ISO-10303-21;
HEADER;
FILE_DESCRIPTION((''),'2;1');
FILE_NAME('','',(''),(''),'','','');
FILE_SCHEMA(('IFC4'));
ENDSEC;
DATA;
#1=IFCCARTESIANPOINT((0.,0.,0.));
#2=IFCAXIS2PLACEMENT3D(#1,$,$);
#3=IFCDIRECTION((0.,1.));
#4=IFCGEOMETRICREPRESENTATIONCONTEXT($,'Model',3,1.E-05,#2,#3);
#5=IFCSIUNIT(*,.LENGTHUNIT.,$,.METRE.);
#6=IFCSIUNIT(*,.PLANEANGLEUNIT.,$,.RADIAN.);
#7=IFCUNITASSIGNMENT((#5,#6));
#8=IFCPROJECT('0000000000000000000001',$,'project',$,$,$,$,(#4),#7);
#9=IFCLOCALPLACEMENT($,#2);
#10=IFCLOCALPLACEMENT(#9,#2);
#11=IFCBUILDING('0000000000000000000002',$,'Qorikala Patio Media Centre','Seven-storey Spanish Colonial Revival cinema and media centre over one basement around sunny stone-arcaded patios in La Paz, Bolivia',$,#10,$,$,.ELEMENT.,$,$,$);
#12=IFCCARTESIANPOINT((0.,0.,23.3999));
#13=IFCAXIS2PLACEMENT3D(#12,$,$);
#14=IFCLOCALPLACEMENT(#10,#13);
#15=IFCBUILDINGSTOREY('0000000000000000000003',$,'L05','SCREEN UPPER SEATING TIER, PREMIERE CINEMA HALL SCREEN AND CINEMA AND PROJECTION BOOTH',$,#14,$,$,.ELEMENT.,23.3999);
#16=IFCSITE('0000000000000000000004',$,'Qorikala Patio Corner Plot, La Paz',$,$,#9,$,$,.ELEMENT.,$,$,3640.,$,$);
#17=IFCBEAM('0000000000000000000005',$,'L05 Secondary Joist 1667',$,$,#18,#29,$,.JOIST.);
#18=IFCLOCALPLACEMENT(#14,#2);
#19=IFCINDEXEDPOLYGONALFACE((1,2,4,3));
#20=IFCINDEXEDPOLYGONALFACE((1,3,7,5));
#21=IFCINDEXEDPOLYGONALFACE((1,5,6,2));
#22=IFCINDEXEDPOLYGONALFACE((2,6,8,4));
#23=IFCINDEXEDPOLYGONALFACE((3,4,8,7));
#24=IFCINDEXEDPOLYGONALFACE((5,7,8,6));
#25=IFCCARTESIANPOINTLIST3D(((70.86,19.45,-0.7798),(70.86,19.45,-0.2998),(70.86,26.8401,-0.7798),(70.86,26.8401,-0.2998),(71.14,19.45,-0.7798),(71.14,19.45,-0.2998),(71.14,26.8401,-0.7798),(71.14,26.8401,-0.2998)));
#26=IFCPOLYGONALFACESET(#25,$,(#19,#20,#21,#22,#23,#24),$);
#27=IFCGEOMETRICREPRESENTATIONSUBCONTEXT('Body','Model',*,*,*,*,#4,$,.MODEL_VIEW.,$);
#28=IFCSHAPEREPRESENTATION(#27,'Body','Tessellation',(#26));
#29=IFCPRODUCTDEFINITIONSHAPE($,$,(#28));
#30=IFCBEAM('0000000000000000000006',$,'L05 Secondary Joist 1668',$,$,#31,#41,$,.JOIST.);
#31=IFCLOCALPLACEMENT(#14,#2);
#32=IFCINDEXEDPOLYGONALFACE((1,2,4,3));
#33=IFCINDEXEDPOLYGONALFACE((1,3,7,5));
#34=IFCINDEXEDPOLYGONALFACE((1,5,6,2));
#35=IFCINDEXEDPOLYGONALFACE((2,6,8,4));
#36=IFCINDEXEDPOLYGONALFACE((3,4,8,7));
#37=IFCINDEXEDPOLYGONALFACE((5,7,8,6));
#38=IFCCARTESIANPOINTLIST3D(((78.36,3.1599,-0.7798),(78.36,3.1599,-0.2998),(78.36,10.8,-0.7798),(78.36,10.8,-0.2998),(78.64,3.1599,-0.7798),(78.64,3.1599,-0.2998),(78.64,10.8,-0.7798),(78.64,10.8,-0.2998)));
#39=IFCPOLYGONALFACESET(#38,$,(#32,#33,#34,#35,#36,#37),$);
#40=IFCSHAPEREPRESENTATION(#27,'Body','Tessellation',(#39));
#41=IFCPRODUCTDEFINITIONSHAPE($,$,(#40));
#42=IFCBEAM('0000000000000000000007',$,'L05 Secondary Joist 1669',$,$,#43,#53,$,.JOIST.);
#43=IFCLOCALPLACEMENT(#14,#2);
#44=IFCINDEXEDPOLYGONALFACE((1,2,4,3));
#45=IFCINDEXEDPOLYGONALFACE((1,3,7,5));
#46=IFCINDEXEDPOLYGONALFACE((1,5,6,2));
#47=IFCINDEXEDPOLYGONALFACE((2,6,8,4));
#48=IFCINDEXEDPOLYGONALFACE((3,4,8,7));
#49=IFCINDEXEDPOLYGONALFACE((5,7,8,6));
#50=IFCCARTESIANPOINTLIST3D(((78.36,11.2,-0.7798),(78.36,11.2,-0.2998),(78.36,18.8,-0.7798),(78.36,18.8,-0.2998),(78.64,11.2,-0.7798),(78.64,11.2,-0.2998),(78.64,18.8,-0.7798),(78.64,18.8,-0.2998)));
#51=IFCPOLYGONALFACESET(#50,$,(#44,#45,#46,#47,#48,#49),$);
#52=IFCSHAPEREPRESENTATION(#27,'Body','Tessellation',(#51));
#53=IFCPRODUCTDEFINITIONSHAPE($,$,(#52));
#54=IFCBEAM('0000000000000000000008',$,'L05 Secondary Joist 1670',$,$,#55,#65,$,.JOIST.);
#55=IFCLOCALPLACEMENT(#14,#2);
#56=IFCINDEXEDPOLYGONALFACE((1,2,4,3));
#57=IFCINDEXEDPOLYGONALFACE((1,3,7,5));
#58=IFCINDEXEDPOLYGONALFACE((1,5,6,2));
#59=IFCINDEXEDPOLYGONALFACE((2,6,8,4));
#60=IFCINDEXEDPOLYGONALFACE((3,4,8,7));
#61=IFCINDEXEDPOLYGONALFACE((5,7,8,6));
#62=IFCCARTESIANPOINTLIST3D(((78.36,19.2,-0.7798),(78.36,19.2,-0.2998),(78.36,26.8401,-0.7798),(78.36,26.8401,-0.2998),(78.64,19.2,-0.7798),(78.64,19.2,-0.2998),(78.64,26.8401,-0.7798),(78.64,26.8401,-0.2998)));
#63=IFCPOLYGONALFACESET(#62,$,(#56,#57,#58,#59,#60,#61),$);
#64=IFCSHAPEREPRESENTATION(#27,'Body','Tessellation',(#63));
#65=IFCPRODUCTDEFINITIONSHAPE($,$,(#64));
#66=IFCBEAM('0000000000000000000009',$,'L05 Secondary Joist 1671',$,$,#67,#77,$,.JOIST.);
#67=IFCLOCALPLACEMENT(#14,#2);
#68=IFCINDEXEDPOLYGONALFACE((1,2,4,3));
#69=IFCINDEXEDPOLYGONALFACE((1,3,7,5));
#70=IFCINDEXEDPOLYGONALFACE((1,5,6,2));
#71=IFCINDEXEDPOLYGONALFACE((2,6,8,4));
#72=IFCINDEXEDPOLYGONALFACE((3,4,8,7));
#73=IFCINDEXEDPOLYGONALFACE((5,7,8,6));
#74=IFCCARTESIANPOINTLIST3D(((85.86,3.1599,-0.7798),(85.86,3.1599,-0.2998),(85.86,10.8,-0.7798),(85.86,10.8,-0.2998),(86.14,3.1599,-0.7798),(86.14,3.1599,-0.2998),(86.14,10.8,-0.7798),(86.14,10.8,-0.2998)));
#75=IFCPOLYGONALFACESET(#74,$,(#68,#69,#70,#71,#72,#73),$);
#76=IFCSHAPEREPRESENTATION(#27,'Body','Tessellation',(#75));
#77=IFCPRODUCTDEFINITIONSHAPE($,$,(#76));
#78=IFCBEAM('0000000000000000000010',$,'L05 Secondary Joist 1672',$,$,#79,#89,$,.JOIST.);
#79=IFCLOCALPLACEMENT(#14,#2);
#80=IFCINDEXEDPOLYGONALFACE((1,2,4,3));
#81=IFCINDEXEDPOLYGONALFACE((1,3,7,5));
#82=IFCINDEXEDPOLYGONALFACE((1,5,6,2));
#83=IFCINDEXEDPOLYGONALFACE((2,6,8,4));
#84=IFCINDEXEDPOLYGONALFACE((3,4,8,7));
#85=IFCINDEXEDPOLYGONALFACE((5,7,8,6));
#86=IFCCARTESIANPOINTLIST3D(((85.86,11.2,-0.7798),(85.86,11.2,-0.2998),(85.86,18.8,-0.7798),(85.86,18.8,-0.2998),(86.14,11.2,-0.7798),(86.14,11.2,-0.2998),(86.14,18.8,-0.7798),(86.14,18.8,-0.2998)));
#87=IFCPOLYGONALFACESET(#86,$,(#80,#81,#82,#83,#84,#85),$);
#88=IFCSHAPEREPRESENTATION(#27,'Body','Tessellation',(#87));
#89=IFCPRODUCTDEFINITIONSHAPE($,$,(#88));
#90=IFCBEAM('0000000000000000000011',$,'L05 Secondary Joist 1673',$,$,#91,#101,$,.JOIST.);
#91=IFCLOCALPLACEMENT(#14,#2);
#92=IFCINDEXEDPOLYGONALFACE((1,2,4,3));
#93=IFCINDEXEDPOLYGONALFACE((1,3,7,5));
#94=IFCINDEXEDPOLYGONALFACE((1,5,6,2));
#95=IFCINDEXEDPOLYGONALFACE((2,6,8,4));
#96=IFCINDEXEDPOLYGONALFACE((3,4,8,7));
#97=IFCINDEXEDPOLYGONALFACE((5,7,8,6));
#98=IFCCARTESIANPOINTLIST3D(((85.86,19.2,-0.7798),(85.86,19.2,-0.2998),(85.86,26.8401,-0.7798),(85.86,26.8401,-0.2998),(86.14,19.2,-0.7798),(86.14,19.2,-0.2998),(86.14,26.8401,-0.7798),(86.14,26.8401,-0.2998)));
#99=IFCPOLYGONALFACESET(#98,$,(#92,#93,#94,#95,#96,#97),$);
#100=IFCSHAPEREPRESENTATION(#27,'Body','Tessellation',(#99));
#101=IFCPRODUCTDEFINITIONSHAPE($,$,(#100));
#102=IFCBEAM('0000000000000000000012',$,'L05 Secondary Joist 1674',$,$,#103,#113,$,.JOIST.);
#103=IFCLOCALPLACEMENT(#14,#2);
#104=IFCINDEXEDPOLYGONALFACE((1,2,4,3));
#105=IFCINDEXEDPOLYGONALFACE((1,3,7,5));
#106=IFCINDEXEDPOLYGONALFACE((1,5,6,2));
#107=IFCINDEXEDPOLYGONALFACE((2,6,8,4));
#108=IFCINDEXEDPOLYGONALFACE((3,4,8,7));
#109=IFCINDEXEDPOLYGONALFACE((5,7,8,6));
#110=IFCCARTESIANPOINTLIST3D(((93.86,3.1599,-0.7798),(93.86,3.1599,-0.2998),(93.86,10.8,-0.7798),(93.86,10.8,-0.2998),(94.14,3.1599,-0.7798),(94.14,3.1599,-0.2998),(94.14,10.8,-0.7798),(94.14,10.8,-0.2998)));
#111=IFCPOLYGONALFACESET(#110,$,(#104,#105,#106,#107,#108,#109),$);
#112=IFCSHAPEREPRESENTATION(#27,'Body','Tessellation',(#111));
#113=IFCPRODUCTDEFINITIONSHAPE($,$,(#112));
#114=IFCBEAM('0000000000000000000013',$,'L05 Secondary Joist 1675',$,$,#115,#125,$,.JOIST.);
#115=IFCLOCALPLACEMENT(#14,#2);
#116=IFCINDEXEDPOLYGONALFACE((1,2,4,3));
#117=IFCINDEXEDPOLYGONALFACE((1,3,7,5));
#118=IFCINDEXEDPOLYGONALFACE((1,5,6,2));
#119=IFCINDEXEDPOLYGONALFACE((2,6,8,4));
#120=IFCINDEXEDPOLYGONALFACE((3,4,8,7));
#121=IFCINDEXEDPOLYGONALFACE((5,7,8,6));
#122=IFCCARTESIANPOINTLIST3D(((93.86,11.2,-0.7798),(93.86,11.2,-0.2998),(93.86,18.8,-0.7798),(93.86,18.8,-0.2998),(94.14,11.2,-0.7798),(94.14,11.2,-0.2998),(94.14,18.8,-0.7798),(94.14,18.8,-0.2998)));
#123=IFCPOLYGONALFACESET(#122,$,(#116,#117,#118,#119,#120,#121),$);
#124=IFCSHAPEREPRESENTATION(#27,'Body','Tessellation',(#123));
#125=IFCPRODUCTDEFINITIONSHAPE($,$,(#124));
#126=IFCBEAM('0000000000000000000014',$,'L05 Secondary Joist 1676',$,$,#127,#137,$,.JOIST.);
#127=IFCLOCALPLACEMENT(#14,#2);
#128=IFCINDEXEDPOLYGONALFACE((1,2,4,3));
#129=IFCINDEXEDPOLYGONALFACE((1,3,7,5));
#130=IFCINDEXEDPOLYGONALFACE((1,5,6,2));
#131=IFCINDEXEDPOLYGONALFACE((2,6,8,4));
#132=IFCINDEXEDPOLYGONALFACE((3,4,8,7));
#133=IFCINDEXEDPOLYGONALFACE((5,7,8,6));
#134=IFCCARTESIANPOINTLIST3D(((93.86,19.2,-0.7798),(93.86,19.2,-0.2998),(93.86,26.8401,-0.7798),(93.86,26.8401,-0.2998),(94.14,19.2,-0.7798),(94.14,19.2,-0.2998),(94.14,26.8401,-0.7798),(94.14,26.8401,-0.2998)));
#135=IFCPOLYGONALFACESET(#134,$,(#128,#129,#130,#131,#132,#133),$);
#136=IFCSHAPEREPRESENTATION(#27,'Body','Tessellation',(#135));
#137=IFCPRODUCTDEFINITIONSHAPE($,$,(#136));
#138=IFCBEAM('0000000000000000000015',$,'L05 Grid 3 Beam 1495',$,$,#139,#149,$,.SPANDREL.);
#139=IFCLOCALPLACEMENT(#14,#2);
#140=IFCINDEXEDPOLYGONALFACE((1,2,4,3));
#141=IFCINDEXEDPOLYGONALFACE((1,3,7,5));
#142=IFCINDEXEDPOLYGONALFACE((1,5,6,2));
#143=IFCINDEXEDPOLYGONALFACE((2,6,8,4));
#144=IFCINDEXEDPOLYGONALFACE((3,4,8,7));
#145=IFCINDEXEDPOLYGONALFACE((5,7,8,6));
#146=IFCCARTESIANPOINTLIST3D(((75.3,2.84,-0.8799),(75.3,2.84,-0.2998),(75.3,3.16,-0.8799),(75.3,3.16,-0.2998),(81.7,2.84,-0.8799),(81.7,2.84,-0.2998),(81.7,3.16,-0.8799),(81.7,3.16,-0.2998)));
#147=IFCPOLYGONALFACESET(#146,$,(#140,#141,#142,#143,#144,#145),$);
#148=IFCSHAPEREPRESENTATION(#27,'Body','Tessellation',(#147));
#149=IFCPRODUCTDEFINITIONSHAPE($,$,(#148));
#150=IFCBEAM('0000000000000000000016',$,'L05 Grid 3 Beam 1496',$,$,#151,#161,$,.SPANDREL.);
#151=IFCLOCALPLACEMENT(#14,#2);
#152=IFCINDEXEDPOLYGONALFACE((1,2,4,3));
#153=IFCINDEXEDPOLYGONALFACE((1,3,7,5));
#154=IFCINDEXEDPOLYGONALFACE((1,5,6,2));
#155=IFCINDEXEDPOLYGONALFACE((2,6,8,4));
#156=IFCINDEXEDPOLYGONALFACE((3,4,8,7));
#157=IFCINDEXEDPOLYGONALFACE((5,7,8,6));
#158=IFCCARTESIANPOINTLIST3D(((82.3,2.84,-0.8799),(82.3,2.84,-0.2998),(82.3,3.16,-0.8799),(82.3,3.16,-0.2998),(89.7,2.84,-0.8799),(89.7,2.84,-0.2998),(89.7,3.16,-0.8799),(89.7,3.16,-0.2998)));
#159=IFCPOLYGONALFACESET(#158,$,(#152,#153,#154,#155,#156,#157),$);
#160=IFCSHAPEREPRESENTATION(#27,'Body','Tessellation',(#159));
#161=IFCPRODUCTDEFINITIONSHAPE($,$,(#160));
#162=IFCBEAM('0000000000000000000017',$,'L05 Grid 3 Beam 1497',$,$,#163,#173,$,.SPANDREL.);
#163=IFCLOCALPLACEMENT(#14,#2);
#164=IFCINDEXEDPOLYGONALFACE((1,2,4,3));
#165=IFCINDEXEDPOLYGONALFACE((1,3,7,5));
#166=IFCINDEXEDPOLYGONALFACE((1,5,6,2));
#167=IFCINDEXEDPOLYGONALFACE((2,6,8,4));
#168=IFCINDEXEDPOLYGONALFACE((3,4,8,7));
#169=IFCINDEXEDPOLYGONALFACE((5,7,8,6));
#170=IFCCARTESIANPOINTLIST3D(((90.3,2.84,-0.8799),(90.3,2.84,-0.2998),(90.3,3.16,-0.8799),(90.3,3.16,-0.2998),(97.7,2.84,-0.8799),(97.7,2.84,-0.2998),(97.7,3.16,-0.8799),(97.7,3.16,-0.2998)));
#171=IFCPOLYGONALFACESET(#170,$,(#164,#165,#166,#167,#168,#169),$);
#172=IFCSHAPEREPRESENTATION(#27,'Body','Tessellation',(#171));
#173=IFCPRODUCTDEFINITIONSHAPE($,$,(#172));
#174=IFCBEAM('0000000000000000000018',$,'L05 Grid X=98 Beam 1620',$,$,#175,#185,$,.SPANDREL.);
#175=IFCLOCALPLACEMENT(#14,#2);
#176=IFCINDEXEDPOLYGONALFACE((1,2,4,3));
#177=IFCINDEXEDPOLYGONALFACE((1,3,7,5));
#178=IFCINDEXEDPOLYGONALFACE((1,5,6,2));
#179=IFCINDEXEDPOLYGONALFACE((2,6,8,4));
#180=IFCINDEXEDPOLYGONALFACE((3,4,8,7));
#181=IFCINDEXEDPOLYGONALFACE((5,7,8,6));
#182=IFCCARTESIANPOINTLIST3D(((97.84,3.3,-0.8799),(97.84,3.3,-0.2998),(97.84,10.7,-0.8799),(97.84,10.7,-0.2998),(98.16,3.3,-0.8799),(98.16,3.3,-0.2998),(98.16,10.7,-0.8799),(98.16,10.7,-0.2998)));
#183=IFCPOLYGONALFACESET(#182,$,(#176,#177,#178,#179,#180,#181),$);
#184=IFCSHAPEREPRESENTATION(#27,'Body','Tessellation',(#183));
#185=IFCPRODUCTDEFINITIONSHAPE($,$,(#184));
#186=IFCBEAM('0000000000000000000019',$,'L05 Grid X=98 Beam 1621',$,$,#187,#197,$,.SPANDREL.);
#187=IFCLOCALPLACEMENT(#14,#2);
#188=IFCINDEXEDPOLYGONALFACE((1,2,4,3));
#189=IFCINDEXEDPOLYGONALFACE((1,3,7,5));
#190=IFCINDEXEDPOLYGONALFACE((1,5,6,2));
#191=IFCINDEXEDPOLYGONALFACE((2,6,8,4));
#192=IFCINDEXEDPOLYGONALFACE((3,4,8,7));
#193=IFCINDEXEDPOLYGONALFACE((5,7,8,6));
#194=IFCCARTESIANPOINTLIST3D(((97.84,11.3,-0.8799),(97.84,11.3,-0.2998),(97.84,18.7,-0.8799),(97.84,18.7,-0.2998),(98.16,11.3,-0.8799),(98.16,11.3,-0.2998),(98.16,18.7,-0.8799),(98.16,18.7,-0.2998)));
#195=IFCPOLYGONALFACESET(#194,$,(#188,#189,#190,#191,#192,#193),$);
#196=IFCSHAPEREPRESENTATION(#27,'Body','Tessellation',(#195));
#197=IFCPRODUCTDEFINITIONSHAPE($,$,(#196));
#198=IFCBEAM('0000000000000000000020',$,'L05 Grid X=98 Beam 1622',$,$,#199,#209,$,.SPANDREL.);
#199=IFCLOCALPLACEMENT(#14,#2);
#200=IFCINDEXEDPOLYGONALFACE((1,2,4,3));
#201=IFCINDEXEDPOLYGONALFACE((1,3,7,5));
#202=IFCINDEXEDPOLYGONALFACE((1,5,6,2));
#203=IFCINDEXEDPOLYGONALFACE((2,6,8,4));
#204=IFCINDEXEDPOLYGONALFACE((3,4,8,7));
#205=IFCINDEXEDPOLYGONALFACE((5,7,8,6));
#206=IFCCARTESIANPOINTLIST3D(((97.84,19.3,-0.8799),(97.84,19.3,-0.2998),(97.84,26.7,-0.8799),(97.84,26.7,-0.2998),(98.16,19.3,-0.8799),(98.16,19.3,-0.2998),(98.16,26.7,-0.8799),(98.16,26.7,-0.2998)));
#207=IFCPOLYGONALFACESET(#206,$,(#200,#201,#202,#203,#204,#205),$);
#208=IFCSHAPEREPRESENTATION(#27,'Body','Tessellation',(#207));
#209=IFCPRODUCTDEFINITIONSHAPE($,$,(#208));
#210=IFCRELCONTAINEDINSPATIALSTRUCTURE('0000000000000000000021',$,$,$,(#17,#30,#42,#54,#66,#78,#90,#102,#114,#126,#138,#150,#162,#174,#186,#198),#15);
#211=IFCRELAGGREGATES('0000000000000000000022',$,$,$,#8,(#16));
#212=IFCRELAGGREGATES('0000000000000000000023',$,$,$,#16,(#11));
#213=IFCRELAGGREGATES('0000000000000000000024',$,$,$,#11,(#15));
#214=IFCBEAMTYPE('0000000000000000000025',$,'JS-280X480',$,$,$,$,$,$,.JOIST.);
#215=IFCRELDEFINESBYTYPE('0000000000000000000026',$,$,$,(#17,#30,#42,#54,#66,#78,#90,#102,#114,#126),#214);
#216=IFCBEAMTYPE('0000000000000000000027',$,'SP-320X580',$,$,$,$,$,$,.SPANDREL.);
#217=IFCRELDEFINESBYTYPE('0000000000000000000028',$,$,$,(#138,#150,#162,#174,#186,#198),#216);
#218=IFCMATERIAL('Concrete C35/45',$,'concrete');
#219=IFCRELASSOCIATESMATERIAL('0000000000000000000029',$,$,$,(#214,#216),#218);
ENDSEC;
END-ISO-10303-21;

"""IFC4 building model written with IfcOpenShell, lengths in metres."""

from ifc_helpers import new_model, si_unit, direction, frame, origin, origin_2d, place, context, subcontext, project, spatial, rectangle, extrude, material, material_profile, profile_set, type_object, element, save


model = new_model("IFC4")

# Units and contexts
model_context = context("Model", 3, precision=1e-05, world=origin(), true_north=direction((0.0, 1.0)))
body_context = subcontext(model_context, "Body", "Model", "MODEL_VIEW")
ifc_project = project(units=[si_unit("LENGTHUNIT", "METRE"), si_unit("PLANEANGLEUNIT", "RADIAN")], contexts=[model_context])

# Site, building, storey
site_placement = place(None, origin())
site = spatial("IfcSite", under=ifc_project, at=site_placement, Name="Qorikala Patio Corner Plot, La Paz", CompositionType="ELEMENT", RefElevation=3640.0)
building_placement = place(site_placement, origin())
building = spatial("IfcBuilding", under=site, at=building_placement, Name="Qorikala Patio Media Centre", Description="Seven-storey Spanish Colonial Revival cinema and media centre over one basement around sunny stone-arcaded patios in La Paz, Bolivia", CompositionType="ELEMENT")
storey_placement = place(building_placement, frame((0.0, 0.0, 23.3999)))
storey = spatial("IfcBuildingStorey", under=building, at=storey_placement, Name="L05", Description="SCREEN UPPER SEATING TIER, PREMIERE CINEMA HALL SCREEN AND CINEMA AND PROJECTION BOOTH", CompositionType="ELEMENT", Elevation=23.3999)

# Beams
ifc_material_1 = material(Name="Concrete C35/45", Category="concrete")
ifc_material_profile_1 = material_profile(ifc_material_1, rectangle(XDim=0.28, YDim=0.48, at=origin_2d()), Name="RC 280x480")
ifc_profile_set_1 = profile_set([ifc_material_profile_1], Name="Concrete C35/45")
beam_type_1 = type_object("IfcBeamType", Name="JS-280X480", PredefinedType="JOIST", material=ifc_profile_set_1)
beam_1_placement = place(storey_placement, frame((71.0, 19.45, -0.5398), z_axis=(0.0, 1.0, 0.0), x_axis=(-1.0, 0.0, 0.0)))
element("IfcBeam", 1, at=beam_1_placement, inside=storey, type_object=beam_type_1, Name="L05 Secondary Joist 1667", PredefinedType="JOIST", context=body_context, shape_type="SweptSolid", body=[
    extrude(rectangle(XDim=0.28, YDim=0.48, at=origin_2d()), origin(), (0.0, 0.0, 1.0), 7.3901),
])
beam_2_placement = place(storey_placement, frame((78.5, 3.1599, -0.5398), z_axis=(0.0, 1.0, 0.0), x_axis=(-1.0, 0.0, 0.0)))
element("IfcBeam", 2, at=beam_2_placement, inside=storey, type_object=beam_type_1, Name="L05 Secondary Joist 1668", PredefinedType="JOIST", context=body_context, shape_type="SweptSolid", body=[
    extrude(rectangle(XDim=0.28, YDim=0.48, at=origin_2d()), origin(), (0.0, 0.0, 1.0), 7.6401),
])
beam_3_placement = place(storey_placement, frame((78.5, 11.2, -0.5398), z_axis=(0.0, 1.0, 0.0), x_axis=(-1.0, 0.0, 0.0)))
element("IfcBeam", 3, at=beam_3_placement, inside=storey, type_object=beam_type_1, Name="L05 Secondary Joist 1669", PredefinedType="JOIST", context=body_context, shape_type="SweptSolid", body=[
    extrude(rectangle(XDim=0.28, YDim=0.48, at=origin_2d()), origin(), (0.0, 0.0, 1.0), 7.6001),
])
for number, where, z_axis, x_axis, name in (
    (4, (78.5, 19.2, -0.5398), (0.0, 1.0, 0.0), (-1.0, 0.0, 0.0), "L05 Secondary Joist 1670"),
    (5, (86.0, 3.1599, -0.5398), (0.0, 1.0, 0.0), (-1.0, 0.0, 0.0), "L05 Secondary Joist 1671"),
):
    element("IfcBeam", number, at=place(storey_placement, frame(where, z_axis=z_axis, x_axis=x_axis)), inside=storey, type_object=beam_type_1, Name=name, PredefinedType="JOIST", context=body_context, shape_type="SweptSolid", body=[
        extrude(rectangle(XDim=0.28, YDim=0.48, at=origin_2d()), origin(), (0.0, 0.0, 1.0), 7.6401),
    ])
beam_4_placement = place(storey_placement, frame((86.0, 11.2, -0.5398), z_axis=(0.0, 1.0, 0.0), x_axis=(-1.0, 0.0, 0.0)))
element("IfcBeam", 6, at=beam_4_placement, inside=storey, type_object=beam_type_1, Name="L05 Secondary Joist 1672", PredefinedType="JOIST", context=body_context, shape_type="SweptSolid", body=[
    extrude(rectangle(XDim=0.28, YDim=0.48, at=origin_2d()), origin(), (0.0, 0.0, 1.0), 7.6001),
])
for number, where, z_axis, x_axis, name in (
    (7, (86.0, 19.2, -0.5398), (0.0, 1.0, 0.0), (-1.0, 0.0, 0.0), "L05 Secondary Joist 1673"),
    (8, (94.0, 3.1599, -0.5398), (0.0, 1.0, 0.0), (-1.0, 0.0, 0.0), "L05 Secondary Joist 1674"),
):
    element("IfcBeam", number, at=place(storey_placement, frame(where, z_axis=z_axis, x_axis=x_axis)), inside=storey, type_object=beam_type_1, Name=name, PredefinedType="JOIST", context=body_context, shape_type="SweptSolid", body=[
        extrude(rectangle(XDim=0.28, YDim=0.48, at=origin_2d()), origin(), (0.0, 0.0, 1.0), 7.6401),
    ])
beam_5_placement = place(storey_placement, frame((94.0, 11.2, -0.5398), z_axis=(0.0, 1.0, 0.0), x_axis=(-1.0, 0.0, 0.0)))
element("IfcBeam", 9, at=beam_5_placement, inside=storey, type_object=beam_type_1, Name="L05 Secondary Joist 1675", PredefinedType="JOIST", context=body_context, shape_type="SweptSolid", body=[
    extrude(rectangle(XDim=0.28, YDim=0.48, at=origin_2d()), origin(), (0.0, 0.0, 1.0), 7.6001),
])
beam_6_placement = place(storey_placement, frame((94.0, 19.2, -0.5398), z_axis=(0.0, 1.0, 0.0), x_axis=(-1.0, 0.0, 0.0)))
element("IfcBeam", 10, at=beam_6_placement, inside=storey, type_object=beam_type_1, Name="L05 Secondary Joist 1676", PredefinedType="JOIST", context=body_context, shape_type="SweptSolid", body=[
    extrude(rectangle(XDim=0.28, YDim=0.48, at=origin_2d()), origin(), (0.0, 0.0, 1.0), 7.6401),
])
ifc_material_profile_2 = material_profile(ifc_material_1, rectangle(XDim=0.3201, YDim=0.5801, at=origin_2d()), Name="RC 320x580")
ifc_profile_set_2 = profile_set([ifc_material_profile_2], Name="Concrete C35/45")
beam_type_2 = type_object("IfcBeamType", Name="SP-320X580", PredefinedType="SPANDREL", material=ifc_profile_set_2)
beam_7_placement = place(storey_placement, frame((75.3, 3.0, -0.5898), z_axis=(1.0, 0.0, 0.0), x_axis=(0.0, 1.0, 0.0)))
element("IfcBeam", 11, at=beam_7_placement, inside=storey, type_object=beam_type_2, Name="L05 Grid 3 Beam 1495", PredefinedType="SPANDREL", context=body_context, shape_type="SweptSolid", body=[
    extrude(rectangle(XDim=0.3201, YDim=0.5801, at=origin_2d()), origin(), (0.0, 0.0, 1.0), 6.3999),
])
for number, where, z_axis, x_axis, name in (
    (12, (82.3, 3.0, -0.5898), (1.0, 0.0, 0.0), (0.0, 1.0, 0.0), "L05 Grid 3 Beam 1496"),
    (13, (90.3, 3.0, -0.5898), (1.0, 0.0, 0.0), (0.0, 1.0, 0.0), "L05 Grid 3 Beam 1497"),
    (14, (98.0, 3.3, -0.5898), (0.0, 1.0, 0.0), (-1.0, 0.0, 0.0), "L05 Grid X=98 Beam 1620"),
    (15, (98.0, 11.3, -0.5898), (0.0, 1.0, 0.0), (-1.0, 0.0, 0.0), "L05 Grid X=98 Beam 1621"),
    (16, (98.0, 19.3, -0.5898), (0.0, 1.0, 0.0), (-1.0, 0.0, 0.0), "L05 Grid X=98 Beam 1622"),
):
    element("IfcBeam", number, at=place(storey_placement, frame(where, z_axis=z_axis, x_axis=x_axis)), inside=storey, type_object=beam_type_2, Name=name, PredefinedType="SPANDREL", context=body_context, shape_type="SweptSolid", body=[
        extrude(rectangle(XDim=0.3201, YDim=0.5801, at=origin_2d()), origin(), (0.0, 0.0, 1.0), 7.3999),
    ])

save(model, "model.ifc")
